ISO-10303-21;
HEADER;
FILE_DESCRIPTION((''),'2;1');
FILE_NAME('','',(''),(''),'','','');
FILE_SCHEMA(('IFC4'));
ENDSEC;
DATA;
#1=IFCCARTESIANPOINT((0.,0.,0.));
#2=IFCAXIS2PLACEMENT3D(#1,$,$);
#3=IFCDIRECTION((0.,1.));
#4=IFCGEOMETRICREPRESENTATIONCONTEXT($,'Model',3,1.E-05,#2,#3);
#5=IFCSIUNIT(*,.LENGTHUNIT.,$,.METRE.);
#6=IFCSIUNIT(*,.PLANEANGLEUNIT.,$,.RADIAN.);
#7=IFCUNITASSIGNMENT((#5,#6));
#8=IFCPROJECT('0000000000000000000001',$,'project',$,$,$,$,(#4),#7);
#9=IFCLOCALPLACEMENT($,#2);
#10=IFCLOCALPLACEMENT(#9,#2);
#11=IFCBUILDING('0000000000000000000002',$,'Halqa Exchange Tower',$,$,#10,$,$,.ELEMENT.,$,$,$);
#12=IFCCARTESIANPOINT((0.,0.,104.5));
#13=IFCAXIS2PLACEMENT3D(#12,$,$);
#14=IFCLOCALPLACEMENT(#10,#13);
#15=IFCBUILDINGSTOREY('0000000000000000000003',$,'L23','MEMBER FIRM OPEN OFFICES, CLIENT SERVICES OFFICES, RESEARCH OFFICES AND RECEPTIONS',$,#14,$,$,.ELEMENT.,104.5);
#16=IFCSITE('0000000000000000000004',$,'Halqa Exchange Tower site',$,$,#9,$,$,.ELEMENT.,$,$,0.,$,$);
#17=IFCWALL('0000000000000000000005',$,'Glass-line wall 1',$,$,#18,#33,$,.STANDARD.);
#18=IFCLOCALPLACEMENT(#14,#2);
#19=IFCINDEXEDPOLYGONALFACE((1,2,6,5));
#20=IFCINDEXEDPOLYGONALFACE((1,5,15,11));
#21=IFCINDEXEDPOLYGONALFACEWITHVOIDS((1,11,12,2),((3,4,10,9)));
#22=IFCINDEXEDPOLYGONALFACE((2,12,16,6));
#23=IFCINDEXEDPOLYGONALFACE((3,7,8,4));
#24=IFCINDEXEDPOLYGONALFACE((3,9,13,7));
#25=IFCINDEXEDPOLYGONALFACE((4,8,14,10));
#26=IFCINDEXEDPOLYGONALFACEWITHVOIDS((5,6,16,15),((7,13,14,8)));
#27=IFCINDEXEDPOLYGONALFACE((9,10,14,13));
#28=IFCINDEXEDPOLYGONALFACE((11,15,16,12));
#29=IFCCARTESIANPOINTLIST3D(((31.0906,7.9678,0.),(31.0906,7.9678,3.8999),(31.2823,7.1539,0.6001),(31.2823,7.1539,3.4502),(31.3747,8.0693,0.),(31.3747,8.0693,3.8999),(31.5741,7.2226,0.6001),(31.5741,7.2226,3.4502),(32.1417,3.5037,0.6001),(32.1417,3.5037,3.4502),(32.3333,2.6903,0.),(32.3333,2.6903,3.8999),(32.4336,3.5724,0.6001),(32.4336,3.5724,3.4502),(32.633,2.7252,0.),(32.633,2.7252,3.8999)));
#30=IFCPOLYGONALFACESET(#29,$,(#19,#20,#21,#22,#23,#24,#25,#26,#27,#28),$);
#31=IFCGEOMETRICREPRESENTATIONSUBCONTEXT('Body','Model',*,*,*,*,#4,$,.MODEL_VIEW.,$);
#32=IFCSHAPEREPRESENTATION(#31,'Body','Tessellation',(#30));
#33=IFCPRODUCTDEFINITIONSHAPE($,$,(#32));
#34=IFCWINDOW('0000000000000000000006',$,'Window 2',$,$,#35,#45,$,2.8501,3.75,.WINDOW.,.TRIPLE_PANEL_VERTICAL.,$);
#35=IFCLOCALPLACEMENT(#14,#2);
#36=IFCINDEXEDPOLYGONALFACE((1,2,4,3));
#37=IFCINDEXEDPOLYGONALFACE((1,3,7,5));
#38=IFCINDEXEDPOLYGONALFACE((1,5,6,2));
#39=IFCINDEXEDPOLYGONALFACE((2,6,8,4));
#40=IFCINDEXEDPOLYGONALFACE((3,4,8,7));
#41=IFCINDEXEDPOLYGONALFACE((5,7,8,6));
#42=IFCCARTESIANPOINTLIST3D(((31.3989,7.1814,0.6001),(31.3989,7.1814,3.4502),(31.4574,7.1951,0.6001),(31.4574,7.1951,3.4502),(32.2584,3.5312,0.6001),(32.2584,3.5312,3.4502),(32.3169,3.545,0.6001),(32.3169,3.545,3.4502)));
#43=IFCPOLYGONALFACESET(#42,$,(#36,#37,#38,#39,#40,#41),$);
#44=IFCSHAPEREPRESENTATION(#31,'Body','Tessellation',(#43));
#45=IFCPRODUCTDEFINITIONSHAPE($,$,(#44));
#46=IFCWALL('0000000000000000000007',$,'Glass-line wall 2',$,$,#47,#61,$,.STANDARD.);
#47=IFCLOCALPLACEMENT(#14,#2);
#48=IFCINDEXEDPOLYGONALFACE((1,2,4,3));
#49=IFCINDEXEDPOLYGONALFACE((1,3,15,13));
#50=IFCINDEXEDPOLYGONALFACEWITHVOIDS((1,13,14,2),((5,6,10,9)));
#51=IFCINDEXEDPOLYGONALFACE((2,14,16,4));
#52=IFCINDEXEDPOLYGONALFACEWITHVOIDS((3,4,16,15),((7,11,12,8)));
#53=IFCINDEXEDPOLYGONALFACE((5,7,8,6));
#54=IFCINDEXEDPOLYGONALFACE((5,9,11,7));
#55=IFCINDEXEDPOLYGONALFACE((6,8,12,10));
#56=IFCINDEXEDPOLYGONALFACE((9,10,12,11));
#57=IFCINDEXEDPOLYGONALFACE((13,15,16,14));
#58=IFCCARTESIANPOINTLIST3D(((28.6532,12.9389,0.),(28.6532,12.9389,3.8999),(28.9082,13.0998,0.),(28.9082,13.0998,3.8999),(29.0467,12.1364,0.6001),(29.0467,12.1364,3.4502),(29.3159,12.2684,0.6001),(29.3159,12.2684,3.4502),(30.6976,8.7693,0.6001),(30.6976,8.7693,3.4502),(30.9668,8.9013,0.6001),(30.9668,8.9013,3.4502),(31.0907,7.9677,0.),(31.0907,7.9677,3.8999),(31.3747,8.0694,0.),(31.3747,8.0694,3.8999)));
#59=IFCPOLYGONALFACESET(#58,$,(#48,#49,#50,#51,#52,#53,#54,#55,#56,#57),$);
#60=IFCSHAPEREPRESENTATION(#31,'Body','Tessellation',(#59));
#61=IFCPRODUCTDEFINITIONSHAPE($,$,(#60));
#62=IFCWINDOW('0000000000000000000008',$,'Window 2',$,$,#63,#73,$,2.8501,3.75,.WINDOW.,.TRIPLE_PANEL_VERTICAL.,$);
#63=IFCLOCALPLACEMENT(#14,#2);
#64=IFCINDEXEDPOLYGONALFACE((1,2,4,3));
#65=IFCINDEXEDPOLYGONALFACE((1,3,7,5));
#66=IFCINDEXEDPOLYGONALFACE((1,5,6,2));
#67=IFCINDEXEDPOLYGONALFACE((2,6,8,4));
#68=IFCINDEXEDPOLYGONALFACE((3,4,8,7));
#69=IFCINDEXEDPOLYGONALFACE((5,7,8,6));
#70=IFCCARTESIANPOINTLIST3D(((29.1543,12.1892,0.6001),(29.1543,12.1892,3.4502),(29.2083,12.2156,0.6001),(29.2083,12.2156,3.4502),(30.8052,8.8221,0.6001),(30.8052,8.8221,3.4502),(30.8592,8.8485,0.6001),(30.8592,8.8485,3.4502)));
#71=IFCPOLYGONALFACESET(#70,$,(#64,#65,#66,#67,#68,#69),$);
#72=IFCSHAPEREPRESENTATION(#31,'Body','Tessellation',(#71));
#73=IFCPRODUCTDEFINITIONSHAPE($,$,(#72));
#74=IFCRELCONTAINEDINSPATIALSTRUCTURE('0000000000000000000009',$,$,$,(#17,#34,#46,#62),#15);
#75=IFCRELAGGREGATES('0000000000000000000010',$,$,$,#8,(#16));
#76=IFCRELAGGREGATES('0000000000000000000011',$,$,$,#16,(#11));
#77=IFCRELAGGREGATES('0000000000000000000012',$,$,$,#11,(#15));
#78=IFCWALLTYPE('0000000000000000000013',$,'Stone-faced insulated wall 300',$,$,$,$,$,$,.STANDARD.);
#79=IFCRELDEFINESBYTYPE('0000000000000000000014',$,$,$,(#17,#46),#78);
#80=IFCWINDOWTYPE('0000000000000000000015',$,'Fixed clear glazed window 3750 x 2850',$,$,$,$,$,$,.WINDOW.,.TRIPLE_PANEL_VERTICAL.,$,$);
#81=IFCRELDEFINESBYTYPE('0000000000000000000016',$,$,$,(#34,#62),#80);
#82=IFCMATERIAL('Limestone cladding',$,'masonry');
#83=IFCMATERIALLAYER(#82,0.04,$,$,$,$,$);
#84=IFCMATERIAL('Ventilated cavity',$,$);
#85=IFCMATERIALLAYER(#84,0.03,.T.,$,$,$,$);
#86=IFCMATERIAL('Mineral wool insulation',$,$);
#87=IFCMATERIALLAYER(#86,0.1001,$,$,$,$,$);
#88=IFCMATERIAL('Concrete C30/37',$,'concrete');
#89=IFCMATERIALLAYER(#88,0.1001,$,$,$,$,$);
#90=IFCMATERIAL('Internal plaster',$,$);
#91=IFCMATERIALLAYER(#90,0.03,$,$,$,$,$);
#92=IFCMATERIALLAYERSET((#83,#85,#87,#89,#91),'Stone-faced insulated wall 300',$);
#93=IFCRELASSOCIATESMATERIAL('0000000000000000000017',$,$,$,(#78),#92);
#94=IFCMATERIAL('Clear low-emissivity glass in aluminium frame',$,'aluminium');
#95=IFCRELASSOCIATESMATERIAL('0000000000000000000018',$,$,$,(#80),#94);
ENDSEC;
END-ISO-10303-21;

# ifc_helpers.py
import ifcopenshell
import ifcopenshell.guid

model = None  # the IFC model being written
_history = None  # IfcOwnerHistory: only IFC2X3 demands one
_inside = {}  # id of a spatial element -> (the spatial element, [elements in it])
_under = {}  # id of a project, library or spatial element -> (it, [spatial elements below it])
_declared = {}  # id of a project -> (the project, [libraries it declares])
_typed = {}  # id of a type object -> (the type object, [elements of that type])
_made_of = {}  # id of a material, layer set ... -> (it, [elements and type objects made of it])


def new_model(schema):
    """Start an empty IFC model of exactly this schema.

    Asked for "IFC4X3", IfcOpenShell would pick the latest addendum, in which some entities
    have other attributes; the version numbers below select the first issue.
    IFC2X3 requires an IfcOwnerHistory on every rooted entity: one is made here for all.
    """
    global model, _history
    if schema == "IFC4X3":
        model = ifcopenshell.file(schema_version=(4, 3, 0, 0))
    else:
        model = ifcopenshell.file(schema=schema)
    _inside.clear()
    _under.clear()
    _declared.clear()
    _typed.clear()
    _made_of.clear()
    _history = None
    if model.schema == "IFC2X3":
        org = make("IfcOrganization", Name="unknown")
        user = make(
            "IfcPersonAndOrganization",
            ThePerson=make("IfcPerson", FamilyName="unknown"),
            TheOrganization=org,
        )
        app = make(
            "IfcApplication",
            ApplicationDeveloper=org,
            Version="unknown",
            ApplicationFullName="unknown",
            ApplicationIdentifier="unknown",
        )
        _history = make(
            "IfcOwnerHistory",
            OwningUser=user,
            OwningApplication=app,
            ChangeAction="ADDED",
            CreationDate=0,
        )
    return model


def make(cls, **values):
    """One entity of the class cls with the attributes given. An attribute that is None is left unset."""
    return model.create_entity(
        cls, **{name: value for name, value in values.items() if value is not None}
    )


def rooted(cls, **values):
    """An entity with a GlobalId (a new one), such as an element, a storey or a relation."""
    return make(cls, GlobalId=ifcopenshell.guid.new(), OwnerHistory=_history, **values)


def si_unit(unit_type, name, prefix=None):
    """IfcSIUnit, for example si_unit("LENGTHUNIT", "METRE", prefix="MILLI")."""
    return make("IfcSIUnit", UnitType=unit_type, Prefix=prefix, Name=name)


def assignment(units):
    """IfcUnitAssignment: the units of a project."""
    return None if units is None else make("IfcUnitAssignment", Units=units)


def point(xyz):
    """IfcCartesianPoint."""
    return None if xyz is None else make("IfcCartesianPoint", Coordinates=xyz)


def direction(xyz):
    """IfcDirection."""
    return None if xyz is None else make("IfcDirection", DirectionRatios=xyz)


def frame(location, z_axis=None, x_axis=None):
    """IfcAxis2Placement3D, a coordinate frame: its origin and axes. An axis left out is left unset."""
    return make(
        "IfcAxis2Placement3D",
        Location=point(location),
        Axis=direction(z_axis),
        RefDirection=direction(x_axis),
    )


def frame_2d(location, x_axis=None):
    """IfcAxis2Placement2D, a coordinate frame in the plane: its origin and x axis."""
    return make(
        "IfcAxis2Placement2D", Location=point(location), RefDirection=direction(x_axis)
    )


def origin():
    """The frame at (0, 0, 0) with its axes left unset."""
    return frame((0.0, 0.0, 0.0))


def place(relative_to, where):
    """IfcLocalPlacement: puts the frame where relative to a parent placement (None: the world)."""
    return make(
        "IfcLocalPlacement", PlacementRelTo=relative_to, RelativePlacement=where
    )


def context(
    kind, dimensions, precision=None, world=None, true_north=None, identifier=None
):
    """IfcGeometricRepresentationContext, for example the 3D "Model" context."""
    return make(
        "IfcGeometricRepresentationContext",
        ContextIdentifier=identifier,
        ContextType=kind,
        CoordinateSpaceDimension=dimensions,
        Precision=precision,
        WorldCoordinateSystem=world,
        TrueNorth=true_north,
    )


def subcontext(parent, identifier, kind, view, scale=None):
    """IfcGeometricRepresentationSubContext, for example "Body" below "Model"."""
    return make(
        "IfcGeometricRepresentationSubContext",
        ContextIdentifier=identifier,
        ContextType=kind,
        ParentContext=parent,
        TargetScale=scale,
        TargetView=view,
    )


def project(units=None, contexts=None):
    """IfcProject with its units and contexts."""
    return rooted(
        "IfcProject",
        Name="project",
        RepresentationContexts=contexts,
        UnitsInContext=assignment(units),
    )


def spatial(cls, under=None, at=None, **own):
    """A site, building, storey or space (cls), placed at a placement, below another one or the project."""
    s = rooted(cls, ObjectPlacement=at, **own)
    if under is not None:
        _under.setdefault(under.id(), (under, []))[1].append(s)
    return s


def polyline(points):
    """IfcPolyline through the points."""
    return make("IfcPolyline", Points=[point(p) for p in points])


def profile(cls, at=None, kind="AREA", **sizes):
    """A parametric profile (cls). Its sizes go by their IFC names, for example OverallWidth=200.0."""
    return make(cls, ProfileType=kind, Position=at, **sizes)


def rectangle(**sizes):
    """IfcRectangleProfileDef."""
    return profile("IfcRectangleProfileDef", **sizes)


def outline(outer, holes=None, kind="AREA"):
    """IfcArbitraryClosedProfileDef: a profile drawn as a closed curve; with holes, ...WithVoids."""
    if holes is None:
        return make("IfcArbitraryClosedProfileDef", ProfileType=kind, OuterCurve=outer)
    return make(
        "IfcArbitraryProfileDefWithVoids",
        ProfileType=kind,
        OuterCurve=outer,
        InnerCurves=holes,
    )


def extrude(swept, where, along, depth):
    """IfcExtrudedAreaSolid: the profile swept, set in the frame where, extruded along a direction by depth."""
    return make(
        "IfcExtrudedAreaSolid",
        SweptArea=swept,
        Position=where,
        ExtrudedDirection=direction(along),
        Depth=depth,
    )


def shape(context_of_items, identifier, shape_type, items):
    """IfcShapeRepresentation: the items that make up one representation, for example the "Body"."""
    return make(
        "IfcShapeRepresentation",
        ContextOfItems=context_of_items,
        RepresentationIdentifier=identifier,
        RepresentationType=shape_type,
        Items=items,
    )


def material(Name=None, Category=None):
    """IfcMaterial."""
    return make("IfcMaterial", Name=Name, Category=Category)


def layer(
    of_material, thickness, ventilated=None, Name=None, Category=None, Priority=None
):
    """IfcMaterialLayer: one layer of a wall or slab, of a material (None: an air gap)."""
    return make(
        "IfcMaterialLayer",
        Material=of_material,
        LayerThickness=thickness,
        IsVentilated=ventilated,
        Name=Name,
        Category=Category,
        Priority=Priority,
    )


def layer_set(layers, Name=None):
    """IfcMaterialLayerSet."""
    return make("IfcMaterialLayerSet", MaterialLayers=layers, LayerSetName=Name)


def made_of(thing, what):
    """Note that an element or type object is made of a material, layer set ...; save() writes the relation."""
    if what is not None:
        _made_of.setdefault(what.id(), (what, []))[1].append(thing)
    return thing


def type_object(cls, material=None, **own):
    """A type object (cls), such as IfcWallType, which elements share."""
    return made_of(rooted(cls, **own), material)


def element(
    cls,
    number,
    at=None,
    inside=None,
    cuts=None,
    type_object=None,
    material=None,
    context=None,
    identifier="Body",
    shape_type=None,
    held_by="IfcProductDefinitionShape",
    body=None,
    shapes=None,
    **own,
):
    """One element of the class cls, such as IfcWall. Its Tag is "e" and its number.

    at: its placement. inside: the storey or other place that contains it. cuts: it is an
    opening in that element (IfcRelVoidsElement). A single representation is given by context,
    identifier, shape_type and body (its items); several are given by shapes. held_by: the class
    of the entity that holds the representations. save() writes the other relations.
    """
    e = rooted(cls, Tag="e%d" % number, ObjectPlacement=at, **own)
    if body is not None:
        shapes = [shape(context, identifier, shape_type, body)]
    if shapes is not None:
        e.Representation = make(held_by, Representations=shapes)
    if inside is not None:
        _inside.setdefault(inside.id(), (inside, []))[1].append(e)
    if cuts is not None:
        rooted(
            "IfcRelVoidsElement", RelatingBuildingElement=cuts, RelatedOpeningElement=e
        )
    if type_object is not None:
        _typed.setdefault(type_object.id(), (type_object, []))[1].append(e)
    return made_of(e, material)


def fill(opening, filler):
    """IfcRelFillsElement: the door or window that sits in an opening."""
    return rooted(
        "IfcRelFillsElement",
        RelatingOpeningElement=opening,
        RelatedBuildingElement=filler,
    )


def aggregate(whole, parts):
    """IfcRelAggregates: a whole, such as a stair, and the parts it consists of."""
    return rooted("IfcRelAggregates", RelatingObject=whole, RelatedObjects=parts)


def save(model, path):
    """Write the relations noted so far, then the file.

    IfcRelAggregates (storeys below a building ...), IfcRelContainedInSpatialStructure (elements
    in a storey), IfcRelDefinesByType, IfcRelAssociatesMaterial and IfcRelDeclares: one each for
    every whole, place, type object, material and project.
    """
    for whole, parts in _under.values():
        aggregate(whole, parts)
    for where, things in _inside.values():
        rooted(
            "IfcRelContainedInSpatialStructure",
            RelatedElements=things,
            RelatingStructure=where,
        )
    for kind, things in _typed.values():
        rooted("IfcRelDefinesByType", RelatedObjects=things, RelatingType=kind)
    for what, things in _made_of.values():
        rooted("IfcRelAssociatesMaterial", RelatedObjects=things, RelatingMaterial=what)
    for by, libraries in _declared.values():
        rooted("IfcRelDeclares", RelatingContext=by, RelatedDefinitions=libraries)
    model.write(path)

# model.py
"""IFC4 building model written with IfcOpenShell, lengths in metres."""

from ifc_helpers import new_model, si_unit, direction, frame, frame_2d, origin, place, context, subcontext, project, spatial, polyline, rectangle, outline, extrude, material, layer, layer_set, type_object, element, fill, save


model = new_model("IFC4")

# Units and contexts
model_context = context("Model", 3, precision=1e-05, world=origin(), true_north=direction((0.0, 1.0)))
body_context = subcontext(model_context, "Body", "Model", "MODEL_VIEW")
ifc_project = project(units=[si_unit("LENGTHUNIT", "METRE"), si_unit("PLANEANGLEUNIT", "RADIAN")], contexts=[model_context])

# Site, building, storey
site_placement = place(None, origin())
site = spatial("IfcSite", under=ifc_project, at=site_placement, Name="Halqa Exchange Tower site", CompositionType="ELEMENT", RefElevation=0.0)
building_placement = place(site_placement, origin())
building = spatial("IfcBuilding", under=site, at=building_placement, Name="Halqa Exchange Tower", CompositionType="ELEMENT")
storey_placement = place(building_placement, frame((0.0, 0.0, 104.5)))
storey = spatial("IfcBuildingStorey", under=building, at=storey_placement, Name="L23", Description="MEMBER FIRM OPEN OFFICES, CLIENT SERVICES OFFICES, RESEARCH OFFICES AND RECEPTIONS", CompositionType="ELEMENT", Elevation=104.5)

# Walls, openings, windows
ifc_material_1 = material(Name="Limestone cladding", Category="masonry")
ifc_layer_1 = layer(ifc_material_1, 0.04)
ifc_material_2 = material(Name="Ventilated cavity")
ifc_layer_2 = layer(ifc_material_2, 0.03, ventilated=True)
ifc_material_3 = material(Name="Mineral wool insulation")
ifc_layer_3 = layer(ifc_material_3, 0.1001)
ifc_material_4 = material(Name="Concrete C30/37", Category="concrete")
ifc_layer_4 = layer(ifc_material_4, 0.1001)
ifc_material_5 = material(Name="Internal plaster")
ifc_layer_5 = layer(ifc_material_5, 0.03)
ifc_layer_set_1 = layer_set([ifc_layer_1, ifc_layer_2, ifc_layer_3, ifc_layer_4, ifc_layer_5], Name="Stone-faced insulated wall 300")
wall_type_1 = type_object("IfcWallType", Name="Stone-faced insulated wall 300", PredefinedType="STANDARD", material=ifc_layer_set_1)
wall_1_placement = place(storey_placement, frame((32.4832, 2.7078, 0.0), z_axis=(0.0, 0.0, 1.0), x_axis=(-0.229194, 0.973381, 0.0)))
wall_1 = element("IfcWall", 1, at=wall_1_placement, inside=storey, type_object=wall_type_1, Name="Glass-line wall 1", PredefinedType="STANDARD", context=body_context, shape_type="SweptSolid", body=[
    extrude(outline(polyline([(-0.0173, -0.1499), (5.4729, -0.1499), (5.4392, 0.1499), (0.0173, 0.1499), (-0.0173, -0.1499)])), origin(), (0.0, 0.0, 1.0), 3.8999),
])
opening_1_placement = place(wall_1_placement, frame((0.853, 0.0, 0.6001)))
opening_1 = element("IfcOpeningElement", 2, at=opening_1_placement, cuts=wall_1, PredefinedType="OPENING", context=body_context, shape_type="SweptSolid", body=[
    extrude(rectangle(XDim=3.75, YDim=2.8501, at=frame_2d((1.875, 1.425))), frame((0.0, 0.1621, 0.0), z_axis=(0.0, -1.0, 0.0), x_axis=(1.0, 0.0, 0.0)), (0.0, 0.0, 1.0), 0.324),
])
ifc_material_6 = material(Name="Clear low-emissivity glass in aluminium frame", Category="aluminium")
window_type = type_object("IfcWindowType", Name="Fixed clear glazed window 3750 x 2850", PartitioningType="TRIPLE_PANEL_VERTICAL", PredefinedType="WINDOW", material=ifc_material_6)
window_1_placement = place(opening_1_placement, origin())
window_1 = element("IfcWindow", 3, at=window_1_placement, inside=storey, type_object=window_type, Name="Window 2", OverallHeight=2.8501, OverallWidth=3.75, PartitioningType="TRIPLE_PANEL_VERTICAL", PredefinedType="WINDOW", context=body_context, shape_type="SweptSolid", body=[
    extrude(rectangle(XDim=3.75, YDim=2.8501, at=frame_2d((1.875, 1.425))), frame((0.0, 0.03, 0.0), z_axis=(0.0, -1.0, 0.0), x_axis=(1.0, 0.0, 0.0)), (0.0, 0.0, 1.0), 0.0601),
])
fill(opening_1, window_1)
wall_2_placement = place(storey_placement, frame((31.2327, 8.0186, 0.0), z_axis=(0.0, 0.0, 1.0), x_axis=(-0.440239, 0.897881, 0.0)))
wall_2 = element("IfcWall", 4, at=wall_2_placement, inside=storey, type_object=wall_type_1, Name="Glass-line wall 2", PredefinedType="STANDARD", context=body_context, shape_type="SweptSolid", body=[
    extrude(outline(polyline([(-0.0168, -0.1499), (5.5857, -0.1499), (5.5535, 0.1499), (0.0168, 0.1499), (-0.0168, -0.1499)])), origin(), (0.0, 0.0, 1.0), 3.8999),
])
opening_2_placement = place(wall_2_placement, frame((0.9097, 0.0, 0.6001)))
opening_2 = element("IfcOpeningElement", 5, at=opening_2_placement, cuts=wall_2, PredefinedType="OPENING", context=body_context, shape_type="SweptSolid", body=[
    extrude(rectangle(XDim=3.75, YDim=2.8501, at=frame_2d((1.875, 1.425))), frame((0.0, 0.1621, 0.0), z_axis=(0.0, -1.0, 0.0), x_axis=(1.0, 0.0, 0.0)), (0.0, 0.0, 1.0), 0.324),
])
window_2_placement = place(opening_2_placement, origin())
window_2 = element("IfcWindow", 6, at=window_2_placement, inside=storey, type_object=window_type, Name="Window 2", OverallHeight=2.8501, OverallWidth=3.75, PartitioningType="TRIPLE_PANEL_VERTICAL", PredefinedType="WINDOW", context=body_context, shape_type="SweptSolid", body=[
    extrude(rectangle(XDim=3.75, YDim=2.8501, at=frame_2d((1.875, 1.425))), frame((0.0, 0.03, 0.0), z_axis=(0.0, -1.0, 0.0), x_axis=(1.0, 0.0, 0.0)), (0.0, 0.0, 1.0), 0.0601),
])
fill(opening_2, window_2)

save(model, "model.ifc")
